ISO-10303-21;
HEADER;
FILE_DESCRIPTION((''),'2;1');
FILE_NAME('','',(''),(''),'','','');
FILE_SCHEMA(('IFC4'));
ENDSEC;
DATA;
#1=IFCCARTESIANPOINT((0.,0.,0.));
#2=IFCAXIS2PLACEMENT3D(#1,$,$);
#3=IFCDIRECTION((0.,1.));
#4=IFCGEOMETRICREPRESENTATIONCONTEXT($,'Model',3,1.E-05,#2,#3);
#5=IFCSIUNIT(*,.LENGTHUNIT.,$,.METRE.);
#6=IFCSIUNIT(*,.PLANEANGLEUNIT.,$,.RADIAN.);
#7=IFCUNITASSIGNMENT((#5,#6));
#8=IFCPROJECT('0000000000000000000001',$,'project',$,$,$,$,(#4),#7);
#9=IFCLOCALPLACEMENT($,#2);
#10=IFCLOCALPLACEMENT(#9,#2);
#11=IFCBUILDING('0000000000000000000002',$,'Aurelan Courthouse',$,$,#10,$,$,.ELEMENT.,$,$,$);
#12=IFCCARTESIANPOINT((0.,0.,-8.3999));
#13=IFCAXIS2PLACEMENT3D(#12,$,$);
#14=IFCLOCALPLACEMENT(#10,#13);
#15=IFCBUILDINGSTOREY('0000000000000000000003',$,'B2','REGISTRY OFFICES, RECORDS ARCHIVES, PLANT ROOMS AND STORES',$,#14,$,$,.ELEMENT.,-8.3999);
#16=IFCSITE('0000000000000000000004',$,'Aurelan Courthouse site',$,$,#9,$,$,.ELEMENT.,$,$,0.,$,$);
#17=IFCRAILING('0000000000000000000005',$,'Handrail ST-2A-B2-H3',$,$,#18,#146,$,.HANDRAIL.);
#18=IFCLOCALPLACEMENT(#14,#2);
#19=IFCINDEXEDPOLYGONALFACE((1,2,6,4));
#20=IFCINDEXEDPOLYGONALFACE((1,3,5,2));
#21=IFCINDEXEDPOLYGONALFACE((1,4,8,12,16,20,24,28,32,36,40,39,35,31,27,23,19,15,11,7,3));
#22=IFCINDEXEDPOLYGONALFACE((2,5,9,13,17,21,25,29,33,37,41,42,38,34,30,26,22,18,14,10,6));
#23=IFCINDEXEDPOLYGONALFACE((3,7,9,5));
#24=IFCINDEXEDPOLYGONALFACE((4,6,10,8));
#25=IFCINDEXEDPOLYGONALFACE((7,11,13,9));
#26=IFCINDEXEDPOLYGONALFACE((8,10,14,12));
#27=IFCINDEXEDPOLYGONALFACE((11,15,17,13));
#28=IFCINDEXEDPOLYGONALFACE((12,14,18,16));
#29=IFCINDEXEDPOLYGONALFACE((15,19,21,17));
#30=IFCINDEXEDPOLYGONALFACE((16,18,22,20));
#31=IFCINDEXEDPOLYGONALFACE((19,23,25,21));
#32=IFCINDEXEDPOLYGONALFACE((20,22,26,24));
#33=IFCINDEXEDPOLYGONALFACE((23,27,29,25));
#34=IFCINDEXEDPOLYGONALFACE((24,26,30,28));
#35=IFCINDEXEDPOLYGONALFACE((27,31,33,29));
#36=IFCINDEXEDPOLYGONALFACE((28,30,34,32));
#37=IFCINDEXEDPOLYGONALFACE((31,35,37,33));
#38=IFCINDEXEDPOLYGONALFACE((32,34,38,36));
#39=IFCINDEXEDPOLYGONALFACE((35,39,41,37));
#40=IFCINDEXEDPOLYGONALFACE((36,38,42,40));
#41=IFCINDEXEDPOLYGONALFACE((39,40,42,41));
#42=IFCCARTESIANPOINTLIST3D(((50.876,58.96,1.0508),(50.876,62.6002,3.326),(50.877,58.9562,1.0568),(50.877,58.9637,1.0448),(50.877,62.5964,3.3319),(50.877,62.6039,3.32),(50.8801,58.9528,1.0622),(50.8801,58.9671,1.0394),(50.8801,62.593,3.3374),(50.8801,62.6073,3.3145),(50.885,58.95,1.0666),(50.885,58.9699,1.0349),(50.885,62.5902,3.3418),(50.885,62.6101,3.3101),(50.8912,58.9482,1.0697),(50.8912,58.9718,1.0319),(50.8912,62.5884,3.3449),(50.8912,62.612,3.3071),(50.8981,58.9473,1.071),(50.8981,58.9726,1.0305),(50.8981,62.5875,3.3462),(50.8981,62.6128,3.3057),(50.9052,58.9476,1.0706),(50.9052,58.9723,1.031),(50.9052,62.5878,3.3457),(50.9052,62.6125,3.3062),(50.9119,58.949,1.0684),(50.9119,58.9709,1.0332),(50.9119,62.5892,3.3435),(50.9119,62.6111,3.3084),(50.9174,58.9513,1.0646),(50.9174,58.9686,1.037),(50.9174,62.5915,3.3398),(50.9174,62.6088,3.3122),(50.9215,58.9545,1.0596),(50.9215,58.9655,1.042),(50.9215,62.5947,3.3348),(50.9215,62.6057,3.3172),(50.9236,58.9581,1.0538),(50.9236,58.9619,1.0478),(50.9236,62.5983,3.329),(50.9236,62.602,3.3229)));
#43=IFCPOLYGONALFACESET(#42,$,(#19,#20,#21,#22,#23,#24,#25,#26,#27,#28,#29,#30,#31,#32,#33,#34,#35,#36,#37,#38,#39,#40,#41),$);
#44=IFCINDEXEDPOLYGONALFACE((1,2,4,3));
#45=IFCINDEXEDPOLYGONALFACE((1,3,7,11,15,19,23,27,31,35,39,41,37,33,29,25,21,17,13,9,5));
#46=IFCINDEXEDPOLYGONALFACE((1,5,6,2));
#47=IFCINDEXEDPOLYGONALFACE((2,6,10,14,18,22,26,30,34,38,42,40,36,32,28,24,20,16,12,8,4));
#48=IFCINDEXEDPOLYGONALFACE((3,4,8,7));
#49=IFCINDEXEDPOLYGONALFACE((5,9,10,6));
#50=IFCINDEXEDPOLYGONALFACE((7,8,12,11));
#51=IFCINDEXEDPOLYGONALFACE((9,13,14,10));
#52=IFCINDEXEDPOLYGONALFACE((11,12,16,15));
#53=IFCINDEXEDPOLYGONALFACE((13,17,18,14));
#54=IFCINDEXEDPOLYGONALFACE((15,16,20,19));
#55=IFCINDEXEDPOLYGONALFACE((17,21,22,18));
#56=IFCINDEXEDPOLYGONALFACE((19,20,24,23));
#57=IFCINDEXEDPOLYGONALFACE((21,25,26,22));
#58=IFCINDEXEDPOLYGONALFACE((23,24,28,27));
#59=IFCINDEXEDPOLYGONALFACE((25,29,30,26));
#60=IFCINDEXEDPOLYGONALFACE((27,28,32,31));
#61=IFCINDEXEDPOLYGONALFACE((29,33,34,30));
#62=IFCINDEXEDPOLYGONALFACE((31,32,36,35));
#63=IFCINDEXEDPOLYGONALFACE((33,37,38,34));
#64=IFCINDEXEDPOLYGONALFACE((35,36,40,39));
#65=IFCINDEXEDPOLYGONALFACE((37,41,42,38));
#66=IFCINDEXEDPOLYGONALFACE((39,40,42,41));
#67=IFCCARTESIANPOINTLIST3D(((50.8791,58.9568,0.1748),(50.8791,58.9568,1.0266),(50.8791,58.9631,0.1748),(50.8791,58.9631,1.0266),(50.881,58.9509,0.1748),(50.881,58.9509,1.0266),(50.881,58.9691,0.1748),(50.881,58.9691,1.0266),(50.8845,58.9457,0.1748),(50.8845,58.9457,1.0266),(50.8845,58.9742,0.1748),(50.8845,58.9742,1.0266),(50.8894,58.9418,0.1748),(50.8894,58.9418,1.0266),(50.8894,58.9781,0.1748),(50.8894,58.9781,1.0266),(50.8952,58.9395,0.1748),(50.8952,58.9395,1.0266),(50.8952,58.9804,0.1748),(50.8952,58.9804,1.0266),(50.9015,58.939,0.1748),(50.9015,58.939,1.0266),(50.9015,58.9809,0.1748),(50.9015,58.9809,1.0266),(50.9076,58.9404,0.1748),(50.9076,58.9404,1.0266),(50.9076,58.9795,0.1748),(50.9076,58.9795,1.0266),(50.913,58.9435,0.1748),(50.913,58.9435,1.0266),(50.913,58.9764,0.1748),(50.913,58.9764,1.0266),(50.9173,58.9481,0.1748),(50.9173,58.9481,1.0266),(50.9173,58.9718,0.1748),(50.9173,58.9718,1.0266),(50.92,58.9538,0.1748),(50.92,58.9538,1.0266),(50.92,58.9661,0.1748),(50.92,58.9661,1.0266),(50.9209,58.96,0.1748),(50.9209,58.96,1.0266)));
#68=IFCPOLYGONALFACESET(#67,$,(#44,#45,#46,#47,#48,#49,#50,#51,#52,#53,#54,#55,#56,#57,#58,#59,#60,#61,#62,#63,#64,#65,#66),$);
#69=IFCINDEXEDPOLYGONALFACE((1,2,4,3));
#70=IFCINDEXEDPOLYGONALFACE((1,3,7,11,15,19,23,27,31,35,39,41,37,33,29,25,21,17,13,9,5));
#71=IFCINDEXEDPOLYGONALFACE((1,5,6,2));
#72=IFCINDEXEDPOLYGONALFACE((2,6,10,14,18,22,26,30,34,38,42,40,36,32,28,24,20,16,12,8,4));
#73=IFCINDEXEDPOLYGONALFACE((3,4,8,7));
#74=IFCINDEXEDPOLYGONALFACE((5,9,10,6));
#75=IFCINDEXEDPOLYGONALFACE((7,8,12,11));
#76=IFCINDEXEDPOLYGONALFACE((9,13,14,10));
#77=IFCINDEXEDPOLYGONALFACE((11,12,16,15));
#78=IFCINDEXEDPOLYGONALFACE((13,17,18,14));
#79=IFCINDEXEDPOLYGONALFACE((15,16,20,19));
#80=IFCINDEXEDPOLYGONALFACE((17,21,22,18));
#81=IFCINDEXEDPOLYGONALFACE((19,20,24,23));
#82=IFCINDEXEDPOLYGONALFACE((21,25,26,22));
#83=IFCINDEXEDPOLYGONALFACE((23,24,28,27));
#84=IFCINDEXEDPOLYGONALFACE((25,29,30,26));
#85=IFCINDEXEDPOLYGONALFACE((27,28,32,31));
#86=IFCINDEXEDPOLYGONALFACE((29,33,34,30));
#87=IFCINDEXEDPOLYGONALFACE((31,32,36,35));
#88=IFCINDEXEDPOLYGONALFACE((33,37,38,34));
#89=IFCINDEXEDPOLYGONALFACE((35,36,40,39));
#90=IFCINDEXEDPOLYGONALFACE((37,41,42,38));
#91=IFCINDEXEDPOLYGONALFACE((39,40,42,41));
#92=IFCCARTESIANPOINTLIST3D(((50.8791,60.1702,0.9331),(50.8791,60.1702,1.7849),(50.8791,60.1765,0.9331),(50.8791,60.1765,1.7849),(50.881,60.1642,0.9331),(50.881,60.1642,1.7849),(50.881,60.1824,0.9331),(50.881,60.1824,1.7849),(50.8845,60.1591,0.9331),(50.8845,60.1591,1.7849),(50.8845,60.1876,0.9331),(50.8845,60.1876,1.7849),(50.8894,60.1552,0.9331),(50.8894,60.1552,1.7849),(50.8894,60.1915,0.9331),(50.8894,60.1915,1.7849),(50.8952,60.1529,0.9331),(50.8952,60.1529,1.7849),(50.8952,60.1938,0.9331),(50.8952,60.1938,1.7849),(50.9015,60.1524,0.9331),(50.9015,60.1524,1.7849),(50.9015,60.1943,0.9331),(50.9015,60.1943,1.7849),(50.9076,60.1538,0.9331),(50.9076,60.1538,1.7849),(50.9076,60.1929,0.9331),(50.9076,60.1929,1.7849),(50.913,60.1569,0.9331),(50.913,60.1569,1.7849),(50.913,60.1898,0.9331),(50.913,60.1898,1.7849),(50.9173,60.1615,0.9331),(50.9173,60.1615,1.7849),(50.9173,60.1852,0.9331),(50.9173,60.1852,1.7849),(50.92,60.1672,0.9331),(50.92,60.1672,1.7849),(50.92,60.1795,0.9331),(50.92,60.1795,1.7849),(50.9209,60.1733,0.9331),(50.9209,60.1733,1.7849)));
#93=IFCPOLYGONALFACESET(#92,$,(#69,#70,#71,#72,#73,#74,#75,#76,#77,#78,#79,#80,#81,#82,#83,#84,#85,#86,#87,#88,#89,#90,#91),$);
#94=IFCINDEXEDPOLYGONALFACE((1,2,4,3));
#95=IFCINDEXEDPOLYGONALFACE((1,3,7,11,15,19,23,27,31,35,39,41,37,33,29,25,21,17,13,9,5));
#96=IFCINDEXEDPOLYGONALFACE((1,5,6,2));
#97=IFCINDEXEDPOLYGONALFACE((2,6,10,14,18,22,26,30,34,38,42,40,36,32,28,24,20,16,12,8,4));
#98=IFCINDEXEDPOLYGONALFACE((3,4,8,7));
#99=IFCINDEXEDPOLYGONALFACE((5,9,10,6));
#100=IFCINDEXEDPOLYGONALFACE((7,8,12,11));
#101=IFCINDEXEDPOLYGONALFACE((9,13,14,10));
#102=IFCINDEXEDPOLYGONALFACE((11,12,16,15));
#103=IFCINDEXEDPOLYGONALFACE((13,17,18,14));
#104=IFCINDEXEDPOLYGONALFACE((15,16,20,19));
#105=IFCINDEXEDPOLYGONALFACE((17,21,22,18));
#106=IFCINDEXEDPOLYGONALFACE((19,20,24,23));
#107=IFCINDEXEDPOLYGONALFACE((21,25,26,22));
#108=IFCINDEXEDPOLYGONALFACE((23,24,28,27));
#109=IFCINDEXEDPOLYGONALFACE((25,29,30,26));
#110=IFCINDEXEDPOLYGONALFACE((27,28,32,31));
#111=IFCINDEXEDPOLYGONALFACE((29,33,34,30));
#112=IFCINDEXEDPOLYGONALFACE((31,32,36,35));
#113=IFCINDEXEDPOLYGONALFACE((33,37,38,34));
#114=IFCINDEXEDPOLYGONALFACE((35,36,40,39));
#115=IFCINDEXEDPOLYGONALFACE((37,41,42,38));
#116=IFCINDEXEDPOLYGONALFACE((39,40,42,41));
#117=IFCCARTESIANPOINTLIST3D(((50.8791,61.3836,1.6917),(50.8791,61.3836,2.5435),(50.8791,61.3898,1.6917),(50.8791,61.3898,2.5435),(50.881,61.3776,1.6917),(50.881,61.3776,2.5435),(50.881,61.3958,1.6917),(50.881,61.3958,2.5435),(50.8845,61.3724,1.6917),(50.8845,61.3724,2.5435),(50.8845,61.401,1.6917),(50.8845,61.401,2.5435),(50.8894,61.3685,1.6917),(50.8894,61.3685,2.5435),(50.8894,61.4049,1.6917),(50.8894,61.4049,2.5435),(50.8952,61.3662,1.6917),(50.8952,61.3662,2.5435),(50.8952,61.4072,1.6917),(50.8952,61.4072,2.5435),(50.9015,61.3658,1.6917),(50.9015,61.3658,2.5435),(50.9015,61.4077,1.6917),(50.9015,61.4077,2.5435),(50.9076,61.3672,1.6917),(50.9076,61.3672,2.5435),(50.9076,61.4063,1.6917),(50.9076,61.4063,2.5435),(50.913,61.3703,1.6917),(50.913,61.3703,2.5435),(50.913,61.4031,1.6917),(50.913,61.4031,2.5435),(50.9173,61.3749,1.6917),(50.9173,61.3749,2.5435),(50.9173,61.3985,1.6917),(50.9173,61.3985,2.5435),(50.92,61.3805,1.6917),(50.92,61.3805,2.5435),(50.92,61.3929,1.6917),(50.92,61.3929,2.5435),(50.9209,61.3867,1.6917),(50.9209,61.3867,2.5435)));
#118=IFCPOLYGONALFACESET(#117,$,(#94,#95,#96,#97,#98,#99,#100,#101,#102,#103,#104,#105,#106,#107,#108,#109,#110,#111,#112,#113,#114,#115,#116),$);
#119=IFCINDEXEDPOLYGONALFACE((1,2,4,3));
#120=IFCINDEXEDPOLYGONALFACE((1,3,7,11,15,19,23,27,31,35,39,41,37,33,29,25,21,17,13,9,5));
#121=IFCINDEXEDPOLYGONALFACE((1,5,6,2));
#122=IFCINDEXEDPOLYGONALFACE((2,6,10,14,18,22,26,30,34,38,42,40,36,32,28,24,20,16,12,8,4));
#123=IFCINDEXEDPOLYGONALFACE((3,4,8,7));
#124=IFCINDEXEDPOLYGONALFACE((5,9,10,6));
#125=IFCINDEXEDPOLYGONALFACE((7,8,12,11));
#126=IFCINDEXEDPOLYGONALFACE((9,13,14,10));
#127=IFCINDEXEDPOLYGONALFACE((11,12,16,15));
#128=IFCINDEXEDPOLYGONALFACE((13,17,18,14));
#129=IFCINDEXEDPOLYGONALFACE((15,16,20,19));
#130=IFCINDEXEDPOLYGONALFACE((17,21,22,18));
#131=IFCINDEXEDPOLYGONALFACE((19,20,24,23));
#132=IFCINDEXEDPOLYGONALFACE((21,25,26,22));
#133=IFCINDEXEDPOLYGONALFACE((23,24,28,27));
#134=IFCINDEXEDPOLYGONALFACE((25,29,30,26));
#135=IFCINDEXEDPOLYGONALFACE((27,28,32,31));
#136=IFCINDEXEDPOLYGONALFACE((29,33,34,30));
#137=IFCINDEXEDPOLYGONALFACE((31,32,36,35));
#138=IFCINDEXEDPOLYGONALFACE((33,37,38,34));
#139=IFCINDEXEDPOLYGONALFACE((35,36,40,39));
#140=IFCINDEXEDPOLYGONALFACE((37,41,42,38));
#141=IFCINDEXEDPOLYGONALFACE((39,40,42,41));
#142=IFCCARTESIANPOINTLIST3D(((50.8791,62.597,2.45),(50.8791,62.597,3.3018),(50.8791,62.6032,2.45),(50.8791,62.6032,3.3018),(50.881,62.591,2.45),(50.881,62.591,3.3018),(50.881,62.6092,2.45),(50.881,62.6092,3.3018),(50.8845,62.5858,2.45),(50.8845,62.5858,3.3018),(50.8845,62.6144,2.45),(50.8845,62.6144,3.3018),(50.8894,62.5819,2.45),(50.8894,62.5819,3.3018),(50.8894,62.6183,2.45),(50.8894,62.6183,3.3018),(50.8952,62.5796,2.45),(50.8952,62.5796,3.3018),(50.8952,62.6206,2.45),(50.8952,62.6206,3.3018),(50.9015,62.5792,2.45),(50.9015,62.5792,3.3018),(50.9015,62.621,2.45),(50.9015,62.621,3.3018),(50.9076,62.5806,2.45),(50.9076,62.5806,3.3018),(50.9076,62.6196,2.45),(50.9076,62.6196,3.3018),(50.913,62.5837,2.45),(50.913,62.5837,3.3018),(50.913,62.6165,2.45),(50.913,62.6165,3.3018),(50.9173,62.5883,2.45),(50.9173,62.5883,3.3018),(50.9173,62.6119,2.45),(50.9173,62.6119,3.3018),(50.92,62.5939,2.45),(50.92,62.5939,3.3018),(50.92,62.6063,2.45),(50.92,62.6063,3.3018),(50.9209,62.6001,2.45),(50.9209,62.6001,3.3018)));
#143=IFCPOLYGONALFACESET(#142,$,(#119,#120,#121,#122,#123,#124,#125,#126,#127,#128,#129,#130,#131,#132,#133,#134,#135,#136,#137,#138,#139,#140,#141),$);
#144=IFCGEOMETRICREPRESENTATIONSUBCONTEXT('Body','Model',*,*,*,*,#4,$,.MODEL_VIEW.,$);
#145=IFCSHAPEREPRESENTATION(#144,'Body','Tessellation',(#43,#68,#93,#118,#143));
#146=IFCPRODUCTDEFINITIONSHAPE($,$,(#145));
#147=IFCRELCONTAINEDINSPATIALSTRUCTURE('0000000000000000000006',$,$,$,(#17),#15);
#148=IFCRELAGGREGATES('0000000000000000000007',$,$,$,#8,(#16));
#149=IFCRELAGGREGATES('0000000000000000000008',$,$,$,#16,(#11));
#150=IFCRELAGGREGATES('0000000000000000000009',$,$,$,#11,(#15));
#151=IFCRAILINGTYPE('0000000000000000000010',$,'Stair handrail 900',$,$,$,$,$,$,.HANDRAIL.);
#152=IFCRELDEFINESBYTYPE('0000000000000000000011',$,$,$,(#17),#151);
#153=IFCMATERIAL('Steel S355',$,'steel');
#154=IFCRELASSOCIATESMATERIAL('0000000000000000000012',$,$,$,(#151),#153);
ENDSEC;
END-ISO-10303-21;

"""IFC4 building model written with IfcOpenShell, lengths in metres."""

from ifc_helpers import new_model, si_unit, direction, frame, origin, origin_2d, place, context, subcontext, project, spatial, circle, extrude, material, type_object, element, save


model = new_model("IFC4")

# Units and contexts
model_context = context("Model", 3, precision=1e-05, world=origin(), true_north=direction((0.0, 1.0)))
body_context = subcontext(model_context, "Body", "Model", "MODEL_VIEW")
ifc_project = project(units=[si_unit("LENGTHUNIT", "METRE"), si_unit("PLANEANGLEUNIT", "RADIAN")], contexts=[model_context])

# Site, building, storey
site_placement = place(None, origin())
site = spatial("IfcSite", under=ifc_project, at=site_placement, Name="Aurelan Courthouse site", CompositionType="ELEMENT", RefElevation=0.0)
building_placement = place(site_placement, origin())
building = spatial("IfcBuilding", under=site, at=building_placement, Name="Aurelan Courthouse", CompositionType="ELEMENT")
storey_placement = place(building_placement, frame((0.0, 0.0, -8.3999)))
storey = spatial("IfcBuildingStorey", under=building, at=storey_placement, Name="B2", Description="REGISTRY OFFICES, RECORDS ARCHIVES, PLANT ROOMS AND STORES", CompositionType="ELEMENT", Elevation=-8.3999)

# Railing
ifc_material_1 = material(Name="Steel S355", Category="steel")
railing_type_1 = type_object("IfcRailingType", Name="Stair handrail 900", PredefinedType="HANDRAIL", material=ifc_material_1)
for number, where, name in (
    (1, (50.8999, 58.96, 0.1748), "Handrail ST-2A-B2-H3"),
):
    element("IfcRailing", number, at=place(storey_placement, frame(where)), inside=storey, type_object=railing_type_1, Name=name, PredefinedType="HANDRAIL", context=body_context, shape_type="SweptSolid", body=[
        extrude(circle(Radius=0.0239, at=origin_2d()), frame((0.0, 0.0, 0.876), z_axis=(0.0, 0.847992, 0.530009), x_axis=(-1.0, 0.0, 0.0)), (0.0, 0.0, 1.0), 4.2927),
        extrude(circle(Radius=0.021, at=origin_2d()), origin(), (0.0, 0.0, 1.0), 0.8518),
        extrude(circle(Radius=0.021, at=origin_2d()), frame((0.0, 1.2134, 0.7583)), (0.0, 0.0, 1.0), 0.8518),
        extrude(circle(Radius=0.021, at=origin_2d()), frame((0.0, 2.4268, 1.5168)), (0.0, 0.0, 1.0), 0.8518),
        extrude(circle(Radius=0.021, at=origin_2d()), frame((0.0, 3.6401, 2.2751)), (0.0, 0.0, 1.0), 0.8518),
    ])

save(model, "model.ifc")
